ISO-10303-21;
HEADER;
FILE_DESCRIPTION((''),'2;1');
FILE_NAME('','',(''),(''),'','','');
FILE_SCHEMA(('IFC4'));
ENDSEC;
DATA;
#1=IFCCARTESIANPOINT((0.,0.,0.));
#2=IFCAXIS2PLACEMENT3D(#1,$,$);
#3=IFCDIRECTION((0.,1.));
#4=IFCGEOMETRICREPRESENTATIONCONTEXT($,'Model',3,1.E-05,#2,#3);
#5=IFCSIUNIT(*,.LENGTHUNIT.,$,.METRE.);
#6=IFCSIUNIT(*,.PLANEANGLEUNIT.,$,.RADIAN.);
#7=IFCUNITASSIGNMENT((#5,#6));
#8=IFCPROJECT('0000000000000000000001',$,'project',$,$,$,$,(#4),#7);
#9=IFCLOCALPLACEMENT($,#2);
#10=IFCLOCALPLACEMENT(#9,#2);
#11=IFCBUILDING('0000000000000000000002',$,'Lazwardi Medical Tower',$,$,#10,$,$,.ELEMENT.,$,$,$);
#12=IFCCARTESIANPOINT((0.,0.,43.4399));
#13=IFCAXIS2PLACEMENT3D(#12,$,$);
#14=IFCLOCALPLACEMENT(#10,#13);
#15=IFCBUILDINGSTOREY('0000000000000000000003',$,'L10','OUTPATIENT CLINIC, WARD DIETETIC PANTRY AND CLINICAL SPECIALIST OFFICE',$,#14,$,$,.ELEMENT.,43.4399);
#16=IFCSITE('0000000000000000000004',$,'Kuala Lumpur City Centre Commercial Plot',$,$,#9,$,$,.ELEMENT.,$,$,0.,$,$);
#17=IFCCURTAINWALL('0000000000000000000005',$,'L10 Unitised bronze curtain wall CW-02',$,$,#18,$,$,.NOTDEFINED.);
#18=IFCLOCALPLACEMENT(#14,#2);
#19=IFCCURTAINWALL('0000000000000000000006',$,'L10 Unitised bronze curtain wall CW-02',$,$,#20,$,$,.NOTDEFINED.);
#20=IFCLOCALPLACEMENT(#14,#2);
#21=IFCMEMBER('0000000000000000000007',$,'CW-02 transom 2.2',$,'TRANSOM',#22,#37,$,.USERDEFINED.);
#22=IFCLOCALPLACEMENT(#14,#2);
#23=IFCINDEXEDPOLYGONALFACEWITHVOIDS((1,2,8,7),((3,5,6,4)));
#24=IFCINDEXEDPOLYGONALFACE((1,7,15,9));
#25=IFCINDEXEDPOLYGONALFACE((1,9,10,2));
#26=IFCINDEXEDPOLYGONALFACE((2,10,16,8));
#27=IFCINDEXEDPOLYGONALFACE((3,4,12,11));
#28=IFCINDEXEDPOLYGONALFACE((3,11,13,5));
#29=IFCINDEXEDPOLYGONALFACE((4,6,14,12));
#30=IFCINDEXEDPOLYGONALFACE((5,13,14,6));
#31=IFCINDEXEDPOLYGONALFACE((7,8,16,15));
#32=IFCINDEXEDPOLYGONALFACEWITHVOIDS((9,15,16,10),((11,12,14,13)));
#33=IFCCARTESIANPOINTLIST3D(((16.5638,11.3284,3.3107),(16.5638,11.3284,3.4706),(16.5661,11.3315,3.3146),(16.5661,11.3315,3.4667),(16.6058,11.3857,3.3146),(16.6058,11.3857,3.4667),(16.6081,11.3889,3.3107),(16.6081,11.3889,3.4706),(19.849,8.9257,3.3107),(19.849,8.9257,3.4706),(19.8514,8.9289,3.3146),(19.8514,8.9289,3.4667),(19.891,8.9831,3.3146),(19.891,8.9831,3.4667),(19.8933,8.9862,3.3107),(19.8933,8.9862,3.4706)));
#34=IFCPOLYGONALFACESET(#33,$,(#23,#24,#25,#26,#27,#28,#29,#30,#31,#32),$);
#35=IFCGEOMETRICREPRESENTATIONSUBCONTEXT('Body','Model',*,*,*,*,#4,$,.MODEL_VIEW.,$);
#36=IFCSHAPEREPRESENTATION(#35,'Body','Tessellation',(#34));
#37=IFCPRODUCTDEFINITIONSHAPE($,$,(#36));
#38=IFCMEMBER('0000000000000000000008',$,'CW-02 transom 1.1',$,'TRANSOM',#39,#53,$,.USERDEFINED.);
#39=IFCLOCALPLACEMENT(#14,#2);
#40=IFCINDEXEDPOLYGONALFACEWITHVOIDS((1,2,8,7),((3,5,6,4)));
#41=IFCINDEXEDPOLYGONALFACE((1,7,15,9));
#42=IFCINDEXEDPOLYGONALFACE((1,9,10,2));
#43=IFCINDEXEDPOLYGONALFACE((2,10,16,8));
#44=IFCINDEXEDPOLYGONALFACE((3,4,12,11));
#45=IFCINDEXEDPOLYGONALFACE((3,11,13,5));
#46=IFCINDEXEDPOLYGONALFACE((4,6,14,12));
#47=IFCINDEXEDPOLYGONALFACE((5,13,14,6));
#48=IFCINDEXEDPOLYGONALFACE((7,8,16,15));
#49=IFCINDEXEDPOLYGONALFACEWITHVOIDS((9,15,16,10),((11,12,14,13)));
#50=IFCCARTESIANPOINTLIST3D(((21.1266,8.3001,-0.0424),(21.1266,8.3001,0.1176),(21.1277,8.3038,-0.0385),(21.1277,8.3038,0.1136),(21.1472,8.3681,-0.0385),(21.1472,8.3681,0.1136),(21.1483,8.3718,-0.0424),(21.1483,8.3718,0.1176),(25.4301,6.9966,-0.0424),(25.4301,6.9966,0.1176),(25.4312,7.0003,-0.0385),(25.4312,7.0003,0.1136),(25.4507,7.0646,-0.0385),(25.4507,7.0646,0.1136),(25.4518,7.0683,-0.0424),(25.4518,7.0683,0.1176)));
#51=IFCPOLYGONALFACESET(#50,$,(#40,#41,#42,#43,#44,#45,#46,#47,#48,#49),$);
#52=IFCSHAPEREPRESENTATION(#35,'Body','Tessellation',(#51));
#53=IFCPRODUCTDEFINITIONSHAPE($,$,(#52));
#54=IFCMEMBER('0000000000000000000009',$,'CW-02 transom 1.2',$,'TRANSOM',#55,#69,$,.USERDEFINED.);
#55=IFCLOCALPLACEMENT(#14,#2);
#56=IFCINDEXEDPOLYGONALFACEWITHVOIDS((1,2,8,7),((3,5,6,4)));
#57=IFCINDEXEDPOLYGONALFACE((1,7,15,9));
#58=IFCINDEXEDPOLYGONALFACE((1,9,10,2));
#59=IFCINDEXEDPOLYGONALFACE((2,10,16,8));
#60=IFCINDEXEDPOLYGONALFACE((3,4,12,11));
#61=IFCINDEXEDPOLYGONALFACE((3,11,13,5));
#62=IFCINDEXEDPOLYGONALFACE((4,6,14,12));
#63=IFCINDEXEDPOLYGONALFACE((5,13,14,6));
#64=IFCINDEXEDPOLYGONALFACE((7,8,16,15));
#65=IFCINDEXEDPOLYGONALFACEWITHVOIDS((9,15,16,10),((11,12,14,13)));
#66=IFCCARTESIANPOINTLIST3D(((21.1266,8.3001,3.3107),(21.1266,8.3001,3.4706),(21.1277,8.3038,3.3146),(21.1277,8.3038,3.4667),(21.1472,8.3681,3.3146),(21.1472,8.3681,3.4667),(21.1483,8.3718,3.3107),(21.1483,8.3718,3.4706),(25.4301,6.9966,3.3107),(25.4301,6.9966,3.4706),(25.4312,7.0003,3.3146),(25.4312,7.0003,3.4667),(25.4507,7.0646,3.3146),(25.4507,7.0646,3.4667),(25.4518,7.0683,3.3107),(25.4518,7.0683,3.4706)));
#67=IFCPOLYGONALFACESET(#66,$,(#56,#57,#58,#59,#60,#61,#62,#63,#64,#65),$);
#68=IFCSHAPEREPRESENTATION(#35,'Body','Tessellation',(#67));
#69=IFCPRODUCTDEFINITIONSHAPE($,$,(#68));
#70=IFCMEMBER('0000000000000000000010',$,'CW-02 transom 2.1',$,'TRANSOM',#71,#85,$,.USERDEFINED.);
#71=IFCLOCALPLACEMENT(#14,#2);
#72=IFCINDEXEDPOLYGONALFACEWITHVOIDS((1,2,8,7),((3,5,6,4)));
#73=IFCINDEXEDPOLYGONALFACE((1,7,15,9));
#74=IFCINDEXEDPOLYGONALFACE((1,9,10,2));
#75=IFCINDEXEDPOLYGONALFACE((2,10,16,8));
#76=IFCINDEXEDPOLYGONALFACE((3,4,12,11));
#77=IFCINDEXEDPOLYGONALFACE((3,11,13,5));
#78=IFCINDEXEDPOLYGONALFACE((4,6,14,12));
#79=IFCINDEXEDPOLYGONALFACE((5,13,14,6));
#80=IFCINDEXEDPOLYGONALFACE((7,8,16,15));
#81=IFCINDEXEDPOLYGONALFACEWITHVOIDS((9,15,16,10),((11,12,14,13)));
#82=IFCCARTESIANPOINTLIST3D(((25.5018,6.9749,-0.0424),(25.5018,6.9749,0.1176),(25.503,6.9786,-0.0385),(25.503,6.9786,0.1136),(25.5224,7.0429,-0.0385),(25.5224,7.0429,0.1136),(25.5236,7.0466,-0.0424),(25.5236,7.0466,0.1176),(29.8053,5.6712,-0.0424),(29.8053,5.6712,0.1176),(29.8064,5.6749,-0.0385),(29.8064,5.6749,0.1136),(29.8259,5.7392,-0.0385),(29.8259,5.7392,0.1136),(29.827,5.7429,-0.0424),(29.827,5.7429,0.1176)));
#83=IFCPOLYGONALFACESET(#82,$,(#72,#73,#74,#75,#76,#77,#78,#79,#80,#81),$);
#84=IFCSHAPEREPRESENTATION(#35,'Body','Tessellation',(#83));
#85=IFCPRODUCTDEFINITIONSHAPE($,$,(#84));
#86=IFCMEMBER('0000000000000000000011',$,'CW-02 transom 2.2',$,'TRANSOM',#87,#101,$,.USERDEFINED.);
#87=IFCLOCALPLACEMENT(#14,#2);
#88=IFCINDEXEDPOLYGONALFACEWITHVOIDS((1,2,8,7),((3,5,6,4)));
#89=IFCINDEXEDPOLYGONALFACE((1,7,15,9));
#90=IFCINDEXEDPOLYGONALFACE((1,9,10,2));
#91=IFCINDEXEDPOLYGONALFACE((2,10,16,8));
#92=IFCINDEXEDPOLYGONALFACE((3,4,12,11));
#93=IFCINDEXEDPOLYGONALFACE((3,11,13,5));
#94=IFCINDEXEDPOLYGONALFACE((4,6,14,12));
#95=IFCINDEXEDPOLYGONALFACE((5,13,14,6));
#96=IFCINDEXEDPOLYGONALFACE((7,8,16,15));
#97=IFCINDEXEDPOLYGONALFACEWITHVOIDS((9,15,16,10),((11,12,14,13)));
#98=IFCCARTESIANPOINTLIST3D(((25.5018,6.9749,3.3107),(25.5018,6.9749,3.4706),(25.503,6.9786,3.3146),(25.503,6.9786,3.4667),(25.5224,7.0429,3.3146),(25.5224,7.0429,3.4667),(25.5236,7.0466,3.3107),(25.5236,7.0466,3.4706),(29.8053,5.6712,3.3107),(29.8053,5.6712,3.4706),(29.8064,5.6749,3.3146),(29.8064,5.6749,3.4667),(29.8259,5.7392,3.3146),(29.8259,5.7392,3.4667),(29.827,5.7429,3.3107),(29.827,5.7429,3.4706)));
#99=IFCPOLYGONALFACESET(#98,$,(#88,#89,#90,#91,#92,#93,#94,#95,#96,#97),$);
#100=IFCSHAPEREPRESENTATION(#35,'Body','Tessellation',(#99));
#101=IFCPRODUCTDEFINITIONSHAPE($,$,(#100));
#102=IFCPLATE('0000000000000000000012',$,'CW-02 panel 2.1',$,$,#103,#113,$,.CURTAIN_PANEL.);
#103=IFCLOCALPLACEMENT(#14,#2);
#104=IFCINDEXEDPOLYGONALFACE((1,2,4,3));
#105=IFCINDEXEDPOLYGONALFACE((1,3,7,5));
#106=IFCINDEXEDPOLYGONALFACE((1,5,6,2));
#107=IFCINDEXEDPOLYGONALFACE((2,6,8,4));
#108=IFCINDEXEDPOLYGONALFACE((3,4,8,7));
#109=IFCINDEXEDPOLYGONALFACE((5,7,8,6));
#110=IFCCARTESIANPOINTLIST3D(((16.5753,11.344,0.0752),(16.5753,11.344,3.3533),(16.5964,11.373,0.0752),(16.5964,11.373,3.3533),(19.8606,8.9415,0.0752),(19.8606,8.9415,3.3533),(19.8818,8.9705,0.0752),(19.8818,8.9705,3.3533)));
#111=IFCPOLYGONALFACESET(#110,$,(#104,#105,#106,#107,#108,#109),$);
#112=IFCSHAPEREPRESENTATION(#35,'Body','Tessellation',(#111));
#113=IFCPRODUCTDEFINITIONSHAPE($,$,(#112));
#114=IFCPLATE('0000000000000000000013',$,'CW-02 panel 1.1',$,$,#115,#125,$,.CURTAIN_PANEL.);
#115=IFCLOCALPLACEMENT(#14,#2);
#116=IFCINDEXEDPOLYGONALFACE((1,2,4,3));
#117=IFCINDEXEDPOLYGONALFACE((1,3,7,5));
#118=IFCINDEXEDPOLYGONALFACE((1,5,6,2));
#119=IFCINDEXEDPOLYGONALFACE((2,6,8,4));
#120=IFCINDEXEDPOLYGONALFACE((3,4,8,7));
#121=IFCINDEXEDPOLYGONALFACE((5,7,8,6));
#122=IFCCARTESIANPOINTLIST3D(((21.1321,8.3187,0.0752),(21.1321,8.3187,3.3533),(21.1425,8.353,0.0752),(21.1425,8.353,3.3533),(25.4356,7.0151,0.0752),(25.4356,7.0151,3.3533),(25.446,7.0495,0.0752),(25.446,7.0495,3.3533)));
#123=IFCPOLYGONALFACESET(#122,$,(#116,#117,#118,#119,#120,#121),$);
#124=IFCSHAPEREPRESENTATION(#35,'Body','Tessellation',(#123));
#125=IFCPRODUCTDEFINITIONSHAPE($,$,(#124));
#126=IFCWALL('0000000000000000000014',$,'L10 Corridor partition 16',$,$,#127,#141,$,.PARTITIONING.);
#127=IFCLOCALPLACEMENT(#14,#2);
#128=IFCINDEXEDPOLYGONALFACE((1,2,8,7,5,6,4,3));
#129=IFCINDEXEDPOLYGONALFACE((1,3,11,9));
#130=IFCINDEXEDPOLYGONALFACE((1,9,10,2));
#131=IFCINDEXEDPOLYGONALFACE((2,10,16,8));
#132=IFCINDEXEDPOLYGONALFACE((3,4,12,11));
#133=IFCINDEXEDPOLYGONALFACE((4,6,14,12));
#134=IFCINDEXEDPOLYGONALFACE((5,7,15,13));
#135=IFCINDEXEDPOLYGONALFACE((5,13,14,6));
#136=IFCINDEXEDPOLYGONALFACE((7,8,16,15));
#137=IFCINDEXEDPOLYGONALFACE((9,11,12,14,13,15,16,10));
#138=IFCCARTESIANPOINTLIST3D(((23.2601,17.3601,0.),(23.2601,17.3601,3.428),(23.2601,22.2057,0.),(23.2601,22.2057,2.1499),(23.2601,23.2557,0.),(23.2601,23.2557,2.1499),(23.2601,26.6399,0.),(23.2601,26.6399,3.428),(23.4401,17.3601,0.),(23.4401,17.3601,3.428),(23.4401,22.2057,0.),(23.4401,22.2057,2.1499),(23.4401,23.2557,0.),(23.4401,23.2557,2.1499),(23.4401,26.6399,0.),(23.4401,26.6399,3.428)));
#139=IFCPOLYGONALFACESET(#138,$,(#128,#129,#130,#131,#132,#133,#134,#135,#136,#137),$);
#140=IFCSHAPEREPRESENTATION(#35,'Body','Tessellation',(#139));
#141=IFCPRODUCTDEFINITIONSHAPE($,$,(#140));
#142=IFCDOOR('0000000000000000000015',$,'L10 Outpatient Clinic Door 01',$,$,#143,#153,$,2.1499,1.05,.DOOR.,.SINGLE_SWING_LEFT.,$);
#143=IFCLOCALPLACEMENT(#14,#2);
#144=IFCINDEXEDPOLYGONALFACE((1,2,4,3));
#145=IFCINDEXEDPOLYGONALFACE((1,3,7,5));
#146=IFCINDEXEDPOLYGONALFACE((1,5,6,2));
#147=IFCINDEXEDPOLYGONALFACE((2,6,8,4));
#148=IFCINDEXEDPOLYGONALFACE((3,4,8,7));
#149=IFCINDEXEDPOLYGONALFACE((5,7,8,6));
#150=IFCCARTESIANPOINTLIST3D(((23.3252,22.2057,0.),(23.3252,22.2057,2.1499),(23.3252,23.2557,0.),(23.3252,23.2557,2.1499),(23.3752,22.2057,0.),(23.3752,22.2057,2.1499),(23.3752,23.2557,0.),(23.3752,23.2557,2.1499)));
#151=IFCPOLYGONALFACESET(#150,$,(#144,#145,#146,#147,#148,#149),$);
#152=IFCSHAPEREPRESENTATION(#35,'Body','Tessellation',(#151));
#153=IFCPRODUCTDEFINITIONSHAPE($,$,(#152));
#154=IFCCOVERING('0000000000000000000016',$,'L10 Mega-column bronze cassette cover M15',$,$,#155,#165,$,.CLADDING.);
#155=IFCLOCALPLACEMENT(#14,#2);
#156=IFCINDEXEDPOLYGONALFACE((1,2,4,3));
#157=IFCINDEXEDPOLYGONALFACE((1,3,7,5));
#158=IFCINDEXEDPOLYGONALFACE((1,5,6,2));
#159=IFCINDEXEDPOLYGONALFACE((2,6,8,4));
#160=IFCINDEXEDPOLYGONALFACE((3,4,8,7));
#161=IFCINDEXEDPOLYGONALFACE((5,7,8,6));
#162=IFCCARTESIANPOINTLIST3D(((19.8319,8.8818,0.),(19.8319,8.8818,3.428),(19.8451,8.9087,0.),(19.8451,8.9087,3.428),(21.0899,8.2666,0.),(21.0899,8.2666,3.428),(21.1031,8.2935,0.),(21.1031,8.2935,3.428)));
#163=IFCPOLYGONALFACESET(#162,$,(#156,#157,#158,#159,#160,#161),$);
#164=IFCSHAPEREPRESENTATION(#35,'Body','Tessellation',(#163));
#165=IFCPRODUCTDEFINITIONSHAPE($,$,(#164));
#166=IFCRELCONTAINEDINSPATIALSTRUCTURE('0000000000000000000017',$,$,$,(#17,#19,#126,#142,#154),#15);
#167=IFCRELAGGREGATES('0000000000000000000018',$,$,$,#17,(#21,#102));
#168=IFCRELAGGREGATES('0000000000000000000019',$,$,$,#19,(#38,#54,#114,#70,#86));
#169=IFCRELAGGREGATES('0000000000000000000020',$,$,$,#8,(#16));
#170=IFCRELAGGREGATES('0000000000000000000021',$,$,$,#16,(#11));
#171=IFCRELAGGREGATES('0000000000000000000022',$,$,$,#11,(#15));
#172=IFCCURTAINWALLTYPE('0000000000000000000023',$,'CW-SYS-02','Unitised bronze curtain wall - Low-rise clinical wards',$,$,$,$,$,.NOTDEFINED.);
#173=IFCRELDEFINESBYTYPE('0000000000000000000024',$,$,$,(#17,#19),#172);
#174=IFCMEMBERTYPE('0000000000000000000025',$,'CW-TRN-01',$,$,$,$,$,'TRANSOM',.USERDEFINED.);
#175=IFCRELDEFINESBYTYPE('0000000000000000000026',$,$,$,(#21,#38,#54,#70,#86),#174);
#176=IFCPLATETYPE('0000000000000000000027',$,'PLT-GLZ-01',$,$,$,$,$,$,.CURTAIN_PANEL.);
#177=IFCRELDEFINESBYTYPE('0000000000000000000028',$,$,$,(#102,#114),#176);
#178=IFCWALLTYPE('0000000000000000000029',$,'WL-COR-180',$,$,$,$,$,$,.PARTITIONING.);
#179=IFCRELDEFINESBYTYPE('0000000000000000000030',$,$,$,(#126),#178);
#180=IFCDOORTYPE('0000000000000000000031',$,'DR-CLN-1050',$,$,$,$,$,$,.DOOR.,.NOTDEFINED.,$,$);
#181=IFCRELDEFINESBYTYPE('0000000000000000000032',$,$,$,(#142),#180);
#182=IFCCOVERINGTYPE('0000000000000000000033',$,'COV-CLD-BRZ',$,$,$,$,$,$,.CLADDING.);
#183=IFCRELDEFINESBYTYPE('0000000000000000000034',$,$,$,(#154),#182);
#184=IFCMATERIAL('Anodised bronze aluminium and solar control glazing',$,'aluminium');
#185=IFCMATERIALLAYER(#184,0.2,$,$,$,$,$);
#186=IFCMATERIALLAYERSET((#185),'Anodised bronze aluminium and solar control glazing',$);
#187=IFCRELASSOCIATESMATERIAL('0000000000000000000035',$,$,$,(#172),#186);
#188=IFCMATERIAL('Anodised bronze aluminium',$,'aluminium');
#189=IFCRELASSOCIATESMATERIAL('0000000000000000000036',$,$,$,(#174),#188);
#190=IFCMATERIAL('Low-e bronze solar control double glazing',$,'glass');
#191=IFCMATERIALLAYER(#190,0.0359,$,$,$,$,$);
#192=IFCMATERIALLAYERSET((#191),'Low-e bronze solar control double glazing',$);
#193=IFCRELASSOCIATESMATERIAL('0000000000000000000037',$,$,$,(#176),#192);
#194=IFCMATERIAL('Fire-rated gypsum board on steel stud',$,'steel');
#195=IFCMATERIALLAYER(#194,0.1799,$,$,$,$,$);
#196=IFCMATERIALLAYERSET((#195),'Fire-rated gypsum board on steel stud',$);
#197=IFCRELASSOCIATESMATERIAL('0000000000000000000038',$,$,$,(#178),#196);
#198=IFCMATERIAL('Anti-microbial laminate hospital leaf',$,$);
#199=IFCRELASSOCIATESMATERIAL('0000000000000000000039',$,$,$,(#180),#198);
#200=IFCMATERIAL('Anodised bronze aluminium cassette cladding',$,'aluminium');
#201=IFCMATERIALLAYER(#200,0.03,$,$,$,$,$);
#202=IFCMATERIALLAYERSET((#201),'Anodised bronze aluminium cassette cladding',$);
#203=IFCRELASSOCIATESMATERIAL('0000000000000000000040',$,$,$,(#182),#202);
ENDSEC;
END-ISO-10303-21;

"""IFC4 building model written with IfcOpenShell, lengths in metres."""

from ifc_helpers import new_model, si_unit, direction, frame, frame_2d, origin, origin_2d, place, context, subcontext, project, spatial, rectangle, hollow_rectangle, extrude, material, layer, layer_set, material_profile, profile_set, type_object, element, fill, aggregate, save


model = new_model("IFC4")

# Units and contexts
model_context = context("Model", 3, precision=1e-05, world=origin(), true_north=direction((0.0, 1.0)))
body_context = subcontext(model_context, "Body", "Model", "MODEL_VIEW")
ifc_project = project(units=[si_unit("LENGTHUNIT", "METRE"), si_unit("PLANEANGLEUNIT", "RADIAN")], contexts=[model_context])

# Site, building, storey
site_placement = place(None, origin())
site = spatial("IfcSite", under=ifc_project, at=site_placement, Name="Kuala Lumpur City Centre Commercial Plot", CompositionType="ELEMENT", RefElevation=0.0)
building_placement = place(site_placement, origin())
building = spatial("IfcBuilding", under=site, at=building_placement, Name="Lazwardi Medical Tower", CompositionType="ELEMENT")
storey_placement = place(building_placement, frame((0.0, 0.0, 43.4399)))
storey = spatial("IfcBuildingStorey", under=building, at=storey_placement, Name="L10", Description="OUTPATIENT CLINIC, WARD DIETETIC PANTRY AND CLINICAL SPECIALIST OFFICE", CompositionType="ELEMENT", Elevation=43.4399)

# Curtain walls
ifc_material_1 = material(Name="Anodised bronze aluminium and solar control glazing", Category="aluminium")
ifc_layer_1 = layer(ifc_material_1, 0.2)
ifc_layer_set_1 = layer_set([ifc_layer_1], Name="Anodised bronze aluminium and solar control glazing")
curtain_wall_type = type_object("IfcCurtainWallType", Name="CW-SYS-02", Description="Unitised bronze curtain wall - Low-rise clinical wards", PredefinedType="NOTDEFINED", material=ifc_layer_set_1)
curtain_wall_1_placement = place(storey_placement, origin())
curtain_wall_1 = element("IfcCurtainWall", 1, at=curtain_wall_1_placement, inside=storey, type_object=curtain_wall_type, Name="L10 Unitised bronze curtain wall CW-02", PredefinedType="NOTDEFINED")
ifc_material_2 = material(Name="Anodised bronze aluminium", Category="aluminium")
curtain_wall_2_placement = place(storey_placement, origin())
curtain_wall_2 = element("IfcCurtainWall", 2, at=curtain_wall_2_placement, inside=storey, type_object=curtain_wall_type, Name="L10 Unitised bronze curtain wall CW-02", PredefinedType="NOTDEFINED")

# Members
ifc_material_profile_1 = material_profile(ifc_material_2, hollow_rectangle(XDim=0.075, YDim=0.1599, WallThickness=0.0039, at=origin_2d()), Name="ALU-TRANSOM 160x75x4")
ifc_profile_set_1 = profile_set([ifc_material_profile_1], Name="Anodised bronze aluminium")
member_type_1 = type_object("IfcMemberType", Name="CW-TRN-01", ElementType="TRANSOM", PredefinedType="USERDEFINED", material=ifc_profile_set_1)
member_1_placement = place(storey_placement, frame((16.5859, 11.3586, 3.3906), z_axis=(0.807169, -0.59032, 0.0), x_axis=(0.59032, 0.807169, 0.0)))
member_1 = element("IfcMember", 3, at=member_1_placement, type_object=member_type_1, Name="CW-02 transom 2.2", ObjectType="TRANSOM", PredefinedType="USERDEFINED", context=body_context, shape_type="SweptSolid", body=[
    extrude(hollow_rectangle(XDim=0.075, YDim=0.1599, WallThickness=0.0039, at=origin_2d()), origin(), (0.0, 0.0, 1.0), 4.0701),
])
member_2_placement = place(storey_placement, frame((21.1375, 8.3359, 0.0376), z_axis=(0.957062, -0.289882, 0.0), x_axis=(0.289882, 0.957062, 0.0)))
member_2 = element("IfcMember", 4, at=member_2_placement, type_object=member_type_1, Name="CW-02 transom 1.1", ObjectType="TRANSOM", PredefinedType="USERDEFINED", context=body_context, shape_type="SweptSolid", body=[
    extrude(hollow_rectangle(XDim=0.075, YDim=0.1599, WallThickness=0.0039, at=origin_2d()), origin(), (0.0, 0.0, 1.0), 4.4966),
])
member_3_placement = place(storey_placement, frame((21.1375, 8.3359, 3.3906), z_axis=(0.957062, -0.289882, 0.0), x_axis=(0.289882, 0.957062, 0.0)))
member_3 = element("IfcMember", 5, at=member_3_placement, type_object=member_type_1, Name="CW-02 transom 1.2", ObjectType="TRANSOM", PredefinedType="USERDEFINED", context=body_context, shape_type="SweptSolid", body=[
    extrude(hollow_rectangle(XDim=0.075, YDim=0.1599, WallThickness=0.0039, at=origin_2d()), origin(), (0.0, 0.0, 1.0), 4.4966),
])
member_4_placement = place(storey_placement, frame((25.5127, 7.0107, 0.0376), z_axis=(0.957047, -0.289932, 0.0), x_axis=(0.289932, 0.957047, 0.0)))
member_4 = element("IfcMember", 6, at=member_4_placement, type_object=member_type_1, Name="CW-02 transom 2.1", ObjectType="TRANSOM", PredefinedType="USERDEFINED", context=body_context, shape_type="SweptSolid", body=[
    extrude(hollow_rectangle(XDim=0.075, YDim=0.1599, WallThickness=0.0039, at=origin_2d()), origin(), (0.0, 0.0, 1.0), 4.4966),
])
member_5_placement = place(storey_placement, frame((25.5127, 7.0107, 3.3906), z_axis=(0.957047, -0.289932, 0.0), x_axis=(0.289932, 0.957047, 0.0)))
member_5 = element("IfcMember", 7, at=member_5_placement, type_object=member_type_1, Name="CW-02 transom 2.2", ObjectType="TRANSOM", PredefinedType="USERDEFINED", context=body_context, shape_type="SweptSolid", body=[
    extrude(hollow_rectangle(XDim=0.075, YDim=0.1599, WallThickness=0.0039, at=origin_2d()), origin(), (0.0, 0.0, 1.0), 4.4966),
])

# Plates
ifc_material_3 = material(Name="Low-e bronze solar control double glazing", Category="glass")
ifc_layer_2 = layer(ifc_material_3, 0.0359)
ifc_layer_set_2 = layer_set([ifc_layer_2], Name="Low-e bronze solar control double glazing")
plate_type = type_object("IfcPlateType", Name="PLT-GLZ-01", PredefinedType="CURTAIN_PANEL", material=ifc_layer_set_2)
plate_1_placement = place(storey_placement, frame((18.2285, 10.1572, 0.0752), z_axis=(0.0, 0.0, 1.0), x_axis=(0.807192, -0.590289, 0.0)))
plate_1 = element("IfcPlate", 8, at=plate_1_placement, type_object=plate_type, Name="CW-02 panel 2.1", PredefinedType="CURTAIN_PANEL", context=body_context, shape_type="SweptSolid", body=[
    extrude(rectangle(XDim=4.0701, YDim=0.0359, at=origin_2d()), origin(), (0.0, 0.0, 1.0), 3.2781),
])
aggregate(curtain_wall_1, [member_1, plate_1])
plate_2_placement = place(storey_placement, frame((23.2891, 7.6841, 0.0752), z_axis=(0.0, 0.0, 1.0), x_axis=(0.957058, -0.289896, 0.0)))
plate_2 = element("IfcPlate", 9, at=plate_2_placement, type_object=plate_type, Name="CW-02 panel 1.1", PredefinedType="CURTAIN_PANEL", context=body_context, shape_type="SweptSolid", body=[
    extrude(rectangle(XDim=4.4966, YDim=0.0359, at=origin_2d()), origin(), (0.0, 0.0, 1.0), 3.2781),
])
aggregate(curtain_wall_2, [member_2, member_3, plate_2, member_4, member_5])

# Wall, opening, door
ifc_material_4 = material(Name="Fire-rated gypsum board on steel stud", Category="steel")
ifc_layer_3 = layer(ifc_material_4, 0.1799)
ifc_layer_set_3 = layer_set([ifc_layer_3], Name="Fire-rated gypsum board on steel stud")
wall_type = type_object("IfcWallType", Name="WL-COR-180", PredefinedType="PARTITIONING", material=ifc_layer_set_3)
wall_placement = place(storey_placement, frame((23.3501, 17.3601, 0.0), z_axis=(0.0, 0.0, 1.0), x_axis=(0.0, 1.0, 0.0)))
wall = element("IfcWall", 10, at=wall_placement, inside=storey, type_object=wall_type, Name="L10 Corridor partition 16", PredefinedType="PARTITIONING", context=body_context, shape_type="SweptSolid", body=[
    extrude(rectangle(XDim=9.2798, YDim=0.1799, at=frame_2d((4.6399, 0.0))), origin(), (0.0, 0.0, 1.0), 3.428),
])
opening_placement = place(wall_placement, frame((4.8457, 0.0, 0.0)))
opening = element("IfcOpeningElement", 11, at=opening_placement, cuts=wall, PredefinedType="OPENING", context=body_context, shape_type="SweptSolid", body=[
    extrude(rectangle(XDim=1.05, YDim=2.1499, at=frame_2d((0.5249, 1.075))), frame((0.0, 0.0999, 0.0), z_axis=(0.0, -1.0, 0.0), x_axis=(1.0, 0.0, 0.0)), (0.0, 0.0, 1.0), 0.2),
])
ifc_material_5 = material(Name="Anti-microbial laminate hospital leaf")
door_type = type_object("IfcDoorType", Name="DR-CLN-1050", OperationType="NOTDEFINED", PredefinedType="DOOR", material=ifc_material_5)
door_placement = place(opening_placement, origin())
door = element("IfcDoor", 12, at=door_placement, inside=storey, type_object=door_type, Name="L10 Outpatient Clinic Door 01", OperationType="SINGLE_SWING_LEFT", OverallHeight=2.1499, OverallWidth=1.05, PredefinedType="DOOR", context=body_context, shape_type="SweptSolid", body=[
    extrude(rectangle(XDim=1.05, YDim=2.1499, at=frame_2d((0.5249, 1.075))), frame((0.0, 0.0249, 0.0), z_axis=(0.0, -1.0, 0.0), x_axis=(1.0, 0.0, 0.0)), (0.0, 0.0, 1.0), 0.05),
])
fill(opening, door)

# Covering
ifc_material_6 = material(Name="Anodised bronze aluminium cassette cladding", Category="aluminium")
ifc_layer_4 = layer(ifc_material_6, 0.03)
ifc_layer_set_4 = layer_set([ifc_layer_4], Name="Anodised bronze aluminium cassette cladding")
covering_type = type_object("IfcCoveringType", Name="COV-CLD-BRZ", PredefinedType="CLADDING", material=ifc_layer_set_4)
covering_placement = place(storey_placement, frame((20.4675, 8.5876, 0.0), z_axis=(0.0, 0.0, 1.0), x_axis=(0.898334, -0.439312, 0.0)))
element("IfcCovering", 13, at=covering_placement, inside=storey, type_object=covering_type, Name="L10 Mega-column bronze cassette cover M15", PredefinedType="CLADDING", context=body_context, shape_type="SweptSolid", body=[
    extrude(rectangle(XDim=1.4004, YDim=0.03, at=origin_2d()), origin(), (0.0, 0.0, 1.0), 3.428),
])

save(model, "model.ifc")
